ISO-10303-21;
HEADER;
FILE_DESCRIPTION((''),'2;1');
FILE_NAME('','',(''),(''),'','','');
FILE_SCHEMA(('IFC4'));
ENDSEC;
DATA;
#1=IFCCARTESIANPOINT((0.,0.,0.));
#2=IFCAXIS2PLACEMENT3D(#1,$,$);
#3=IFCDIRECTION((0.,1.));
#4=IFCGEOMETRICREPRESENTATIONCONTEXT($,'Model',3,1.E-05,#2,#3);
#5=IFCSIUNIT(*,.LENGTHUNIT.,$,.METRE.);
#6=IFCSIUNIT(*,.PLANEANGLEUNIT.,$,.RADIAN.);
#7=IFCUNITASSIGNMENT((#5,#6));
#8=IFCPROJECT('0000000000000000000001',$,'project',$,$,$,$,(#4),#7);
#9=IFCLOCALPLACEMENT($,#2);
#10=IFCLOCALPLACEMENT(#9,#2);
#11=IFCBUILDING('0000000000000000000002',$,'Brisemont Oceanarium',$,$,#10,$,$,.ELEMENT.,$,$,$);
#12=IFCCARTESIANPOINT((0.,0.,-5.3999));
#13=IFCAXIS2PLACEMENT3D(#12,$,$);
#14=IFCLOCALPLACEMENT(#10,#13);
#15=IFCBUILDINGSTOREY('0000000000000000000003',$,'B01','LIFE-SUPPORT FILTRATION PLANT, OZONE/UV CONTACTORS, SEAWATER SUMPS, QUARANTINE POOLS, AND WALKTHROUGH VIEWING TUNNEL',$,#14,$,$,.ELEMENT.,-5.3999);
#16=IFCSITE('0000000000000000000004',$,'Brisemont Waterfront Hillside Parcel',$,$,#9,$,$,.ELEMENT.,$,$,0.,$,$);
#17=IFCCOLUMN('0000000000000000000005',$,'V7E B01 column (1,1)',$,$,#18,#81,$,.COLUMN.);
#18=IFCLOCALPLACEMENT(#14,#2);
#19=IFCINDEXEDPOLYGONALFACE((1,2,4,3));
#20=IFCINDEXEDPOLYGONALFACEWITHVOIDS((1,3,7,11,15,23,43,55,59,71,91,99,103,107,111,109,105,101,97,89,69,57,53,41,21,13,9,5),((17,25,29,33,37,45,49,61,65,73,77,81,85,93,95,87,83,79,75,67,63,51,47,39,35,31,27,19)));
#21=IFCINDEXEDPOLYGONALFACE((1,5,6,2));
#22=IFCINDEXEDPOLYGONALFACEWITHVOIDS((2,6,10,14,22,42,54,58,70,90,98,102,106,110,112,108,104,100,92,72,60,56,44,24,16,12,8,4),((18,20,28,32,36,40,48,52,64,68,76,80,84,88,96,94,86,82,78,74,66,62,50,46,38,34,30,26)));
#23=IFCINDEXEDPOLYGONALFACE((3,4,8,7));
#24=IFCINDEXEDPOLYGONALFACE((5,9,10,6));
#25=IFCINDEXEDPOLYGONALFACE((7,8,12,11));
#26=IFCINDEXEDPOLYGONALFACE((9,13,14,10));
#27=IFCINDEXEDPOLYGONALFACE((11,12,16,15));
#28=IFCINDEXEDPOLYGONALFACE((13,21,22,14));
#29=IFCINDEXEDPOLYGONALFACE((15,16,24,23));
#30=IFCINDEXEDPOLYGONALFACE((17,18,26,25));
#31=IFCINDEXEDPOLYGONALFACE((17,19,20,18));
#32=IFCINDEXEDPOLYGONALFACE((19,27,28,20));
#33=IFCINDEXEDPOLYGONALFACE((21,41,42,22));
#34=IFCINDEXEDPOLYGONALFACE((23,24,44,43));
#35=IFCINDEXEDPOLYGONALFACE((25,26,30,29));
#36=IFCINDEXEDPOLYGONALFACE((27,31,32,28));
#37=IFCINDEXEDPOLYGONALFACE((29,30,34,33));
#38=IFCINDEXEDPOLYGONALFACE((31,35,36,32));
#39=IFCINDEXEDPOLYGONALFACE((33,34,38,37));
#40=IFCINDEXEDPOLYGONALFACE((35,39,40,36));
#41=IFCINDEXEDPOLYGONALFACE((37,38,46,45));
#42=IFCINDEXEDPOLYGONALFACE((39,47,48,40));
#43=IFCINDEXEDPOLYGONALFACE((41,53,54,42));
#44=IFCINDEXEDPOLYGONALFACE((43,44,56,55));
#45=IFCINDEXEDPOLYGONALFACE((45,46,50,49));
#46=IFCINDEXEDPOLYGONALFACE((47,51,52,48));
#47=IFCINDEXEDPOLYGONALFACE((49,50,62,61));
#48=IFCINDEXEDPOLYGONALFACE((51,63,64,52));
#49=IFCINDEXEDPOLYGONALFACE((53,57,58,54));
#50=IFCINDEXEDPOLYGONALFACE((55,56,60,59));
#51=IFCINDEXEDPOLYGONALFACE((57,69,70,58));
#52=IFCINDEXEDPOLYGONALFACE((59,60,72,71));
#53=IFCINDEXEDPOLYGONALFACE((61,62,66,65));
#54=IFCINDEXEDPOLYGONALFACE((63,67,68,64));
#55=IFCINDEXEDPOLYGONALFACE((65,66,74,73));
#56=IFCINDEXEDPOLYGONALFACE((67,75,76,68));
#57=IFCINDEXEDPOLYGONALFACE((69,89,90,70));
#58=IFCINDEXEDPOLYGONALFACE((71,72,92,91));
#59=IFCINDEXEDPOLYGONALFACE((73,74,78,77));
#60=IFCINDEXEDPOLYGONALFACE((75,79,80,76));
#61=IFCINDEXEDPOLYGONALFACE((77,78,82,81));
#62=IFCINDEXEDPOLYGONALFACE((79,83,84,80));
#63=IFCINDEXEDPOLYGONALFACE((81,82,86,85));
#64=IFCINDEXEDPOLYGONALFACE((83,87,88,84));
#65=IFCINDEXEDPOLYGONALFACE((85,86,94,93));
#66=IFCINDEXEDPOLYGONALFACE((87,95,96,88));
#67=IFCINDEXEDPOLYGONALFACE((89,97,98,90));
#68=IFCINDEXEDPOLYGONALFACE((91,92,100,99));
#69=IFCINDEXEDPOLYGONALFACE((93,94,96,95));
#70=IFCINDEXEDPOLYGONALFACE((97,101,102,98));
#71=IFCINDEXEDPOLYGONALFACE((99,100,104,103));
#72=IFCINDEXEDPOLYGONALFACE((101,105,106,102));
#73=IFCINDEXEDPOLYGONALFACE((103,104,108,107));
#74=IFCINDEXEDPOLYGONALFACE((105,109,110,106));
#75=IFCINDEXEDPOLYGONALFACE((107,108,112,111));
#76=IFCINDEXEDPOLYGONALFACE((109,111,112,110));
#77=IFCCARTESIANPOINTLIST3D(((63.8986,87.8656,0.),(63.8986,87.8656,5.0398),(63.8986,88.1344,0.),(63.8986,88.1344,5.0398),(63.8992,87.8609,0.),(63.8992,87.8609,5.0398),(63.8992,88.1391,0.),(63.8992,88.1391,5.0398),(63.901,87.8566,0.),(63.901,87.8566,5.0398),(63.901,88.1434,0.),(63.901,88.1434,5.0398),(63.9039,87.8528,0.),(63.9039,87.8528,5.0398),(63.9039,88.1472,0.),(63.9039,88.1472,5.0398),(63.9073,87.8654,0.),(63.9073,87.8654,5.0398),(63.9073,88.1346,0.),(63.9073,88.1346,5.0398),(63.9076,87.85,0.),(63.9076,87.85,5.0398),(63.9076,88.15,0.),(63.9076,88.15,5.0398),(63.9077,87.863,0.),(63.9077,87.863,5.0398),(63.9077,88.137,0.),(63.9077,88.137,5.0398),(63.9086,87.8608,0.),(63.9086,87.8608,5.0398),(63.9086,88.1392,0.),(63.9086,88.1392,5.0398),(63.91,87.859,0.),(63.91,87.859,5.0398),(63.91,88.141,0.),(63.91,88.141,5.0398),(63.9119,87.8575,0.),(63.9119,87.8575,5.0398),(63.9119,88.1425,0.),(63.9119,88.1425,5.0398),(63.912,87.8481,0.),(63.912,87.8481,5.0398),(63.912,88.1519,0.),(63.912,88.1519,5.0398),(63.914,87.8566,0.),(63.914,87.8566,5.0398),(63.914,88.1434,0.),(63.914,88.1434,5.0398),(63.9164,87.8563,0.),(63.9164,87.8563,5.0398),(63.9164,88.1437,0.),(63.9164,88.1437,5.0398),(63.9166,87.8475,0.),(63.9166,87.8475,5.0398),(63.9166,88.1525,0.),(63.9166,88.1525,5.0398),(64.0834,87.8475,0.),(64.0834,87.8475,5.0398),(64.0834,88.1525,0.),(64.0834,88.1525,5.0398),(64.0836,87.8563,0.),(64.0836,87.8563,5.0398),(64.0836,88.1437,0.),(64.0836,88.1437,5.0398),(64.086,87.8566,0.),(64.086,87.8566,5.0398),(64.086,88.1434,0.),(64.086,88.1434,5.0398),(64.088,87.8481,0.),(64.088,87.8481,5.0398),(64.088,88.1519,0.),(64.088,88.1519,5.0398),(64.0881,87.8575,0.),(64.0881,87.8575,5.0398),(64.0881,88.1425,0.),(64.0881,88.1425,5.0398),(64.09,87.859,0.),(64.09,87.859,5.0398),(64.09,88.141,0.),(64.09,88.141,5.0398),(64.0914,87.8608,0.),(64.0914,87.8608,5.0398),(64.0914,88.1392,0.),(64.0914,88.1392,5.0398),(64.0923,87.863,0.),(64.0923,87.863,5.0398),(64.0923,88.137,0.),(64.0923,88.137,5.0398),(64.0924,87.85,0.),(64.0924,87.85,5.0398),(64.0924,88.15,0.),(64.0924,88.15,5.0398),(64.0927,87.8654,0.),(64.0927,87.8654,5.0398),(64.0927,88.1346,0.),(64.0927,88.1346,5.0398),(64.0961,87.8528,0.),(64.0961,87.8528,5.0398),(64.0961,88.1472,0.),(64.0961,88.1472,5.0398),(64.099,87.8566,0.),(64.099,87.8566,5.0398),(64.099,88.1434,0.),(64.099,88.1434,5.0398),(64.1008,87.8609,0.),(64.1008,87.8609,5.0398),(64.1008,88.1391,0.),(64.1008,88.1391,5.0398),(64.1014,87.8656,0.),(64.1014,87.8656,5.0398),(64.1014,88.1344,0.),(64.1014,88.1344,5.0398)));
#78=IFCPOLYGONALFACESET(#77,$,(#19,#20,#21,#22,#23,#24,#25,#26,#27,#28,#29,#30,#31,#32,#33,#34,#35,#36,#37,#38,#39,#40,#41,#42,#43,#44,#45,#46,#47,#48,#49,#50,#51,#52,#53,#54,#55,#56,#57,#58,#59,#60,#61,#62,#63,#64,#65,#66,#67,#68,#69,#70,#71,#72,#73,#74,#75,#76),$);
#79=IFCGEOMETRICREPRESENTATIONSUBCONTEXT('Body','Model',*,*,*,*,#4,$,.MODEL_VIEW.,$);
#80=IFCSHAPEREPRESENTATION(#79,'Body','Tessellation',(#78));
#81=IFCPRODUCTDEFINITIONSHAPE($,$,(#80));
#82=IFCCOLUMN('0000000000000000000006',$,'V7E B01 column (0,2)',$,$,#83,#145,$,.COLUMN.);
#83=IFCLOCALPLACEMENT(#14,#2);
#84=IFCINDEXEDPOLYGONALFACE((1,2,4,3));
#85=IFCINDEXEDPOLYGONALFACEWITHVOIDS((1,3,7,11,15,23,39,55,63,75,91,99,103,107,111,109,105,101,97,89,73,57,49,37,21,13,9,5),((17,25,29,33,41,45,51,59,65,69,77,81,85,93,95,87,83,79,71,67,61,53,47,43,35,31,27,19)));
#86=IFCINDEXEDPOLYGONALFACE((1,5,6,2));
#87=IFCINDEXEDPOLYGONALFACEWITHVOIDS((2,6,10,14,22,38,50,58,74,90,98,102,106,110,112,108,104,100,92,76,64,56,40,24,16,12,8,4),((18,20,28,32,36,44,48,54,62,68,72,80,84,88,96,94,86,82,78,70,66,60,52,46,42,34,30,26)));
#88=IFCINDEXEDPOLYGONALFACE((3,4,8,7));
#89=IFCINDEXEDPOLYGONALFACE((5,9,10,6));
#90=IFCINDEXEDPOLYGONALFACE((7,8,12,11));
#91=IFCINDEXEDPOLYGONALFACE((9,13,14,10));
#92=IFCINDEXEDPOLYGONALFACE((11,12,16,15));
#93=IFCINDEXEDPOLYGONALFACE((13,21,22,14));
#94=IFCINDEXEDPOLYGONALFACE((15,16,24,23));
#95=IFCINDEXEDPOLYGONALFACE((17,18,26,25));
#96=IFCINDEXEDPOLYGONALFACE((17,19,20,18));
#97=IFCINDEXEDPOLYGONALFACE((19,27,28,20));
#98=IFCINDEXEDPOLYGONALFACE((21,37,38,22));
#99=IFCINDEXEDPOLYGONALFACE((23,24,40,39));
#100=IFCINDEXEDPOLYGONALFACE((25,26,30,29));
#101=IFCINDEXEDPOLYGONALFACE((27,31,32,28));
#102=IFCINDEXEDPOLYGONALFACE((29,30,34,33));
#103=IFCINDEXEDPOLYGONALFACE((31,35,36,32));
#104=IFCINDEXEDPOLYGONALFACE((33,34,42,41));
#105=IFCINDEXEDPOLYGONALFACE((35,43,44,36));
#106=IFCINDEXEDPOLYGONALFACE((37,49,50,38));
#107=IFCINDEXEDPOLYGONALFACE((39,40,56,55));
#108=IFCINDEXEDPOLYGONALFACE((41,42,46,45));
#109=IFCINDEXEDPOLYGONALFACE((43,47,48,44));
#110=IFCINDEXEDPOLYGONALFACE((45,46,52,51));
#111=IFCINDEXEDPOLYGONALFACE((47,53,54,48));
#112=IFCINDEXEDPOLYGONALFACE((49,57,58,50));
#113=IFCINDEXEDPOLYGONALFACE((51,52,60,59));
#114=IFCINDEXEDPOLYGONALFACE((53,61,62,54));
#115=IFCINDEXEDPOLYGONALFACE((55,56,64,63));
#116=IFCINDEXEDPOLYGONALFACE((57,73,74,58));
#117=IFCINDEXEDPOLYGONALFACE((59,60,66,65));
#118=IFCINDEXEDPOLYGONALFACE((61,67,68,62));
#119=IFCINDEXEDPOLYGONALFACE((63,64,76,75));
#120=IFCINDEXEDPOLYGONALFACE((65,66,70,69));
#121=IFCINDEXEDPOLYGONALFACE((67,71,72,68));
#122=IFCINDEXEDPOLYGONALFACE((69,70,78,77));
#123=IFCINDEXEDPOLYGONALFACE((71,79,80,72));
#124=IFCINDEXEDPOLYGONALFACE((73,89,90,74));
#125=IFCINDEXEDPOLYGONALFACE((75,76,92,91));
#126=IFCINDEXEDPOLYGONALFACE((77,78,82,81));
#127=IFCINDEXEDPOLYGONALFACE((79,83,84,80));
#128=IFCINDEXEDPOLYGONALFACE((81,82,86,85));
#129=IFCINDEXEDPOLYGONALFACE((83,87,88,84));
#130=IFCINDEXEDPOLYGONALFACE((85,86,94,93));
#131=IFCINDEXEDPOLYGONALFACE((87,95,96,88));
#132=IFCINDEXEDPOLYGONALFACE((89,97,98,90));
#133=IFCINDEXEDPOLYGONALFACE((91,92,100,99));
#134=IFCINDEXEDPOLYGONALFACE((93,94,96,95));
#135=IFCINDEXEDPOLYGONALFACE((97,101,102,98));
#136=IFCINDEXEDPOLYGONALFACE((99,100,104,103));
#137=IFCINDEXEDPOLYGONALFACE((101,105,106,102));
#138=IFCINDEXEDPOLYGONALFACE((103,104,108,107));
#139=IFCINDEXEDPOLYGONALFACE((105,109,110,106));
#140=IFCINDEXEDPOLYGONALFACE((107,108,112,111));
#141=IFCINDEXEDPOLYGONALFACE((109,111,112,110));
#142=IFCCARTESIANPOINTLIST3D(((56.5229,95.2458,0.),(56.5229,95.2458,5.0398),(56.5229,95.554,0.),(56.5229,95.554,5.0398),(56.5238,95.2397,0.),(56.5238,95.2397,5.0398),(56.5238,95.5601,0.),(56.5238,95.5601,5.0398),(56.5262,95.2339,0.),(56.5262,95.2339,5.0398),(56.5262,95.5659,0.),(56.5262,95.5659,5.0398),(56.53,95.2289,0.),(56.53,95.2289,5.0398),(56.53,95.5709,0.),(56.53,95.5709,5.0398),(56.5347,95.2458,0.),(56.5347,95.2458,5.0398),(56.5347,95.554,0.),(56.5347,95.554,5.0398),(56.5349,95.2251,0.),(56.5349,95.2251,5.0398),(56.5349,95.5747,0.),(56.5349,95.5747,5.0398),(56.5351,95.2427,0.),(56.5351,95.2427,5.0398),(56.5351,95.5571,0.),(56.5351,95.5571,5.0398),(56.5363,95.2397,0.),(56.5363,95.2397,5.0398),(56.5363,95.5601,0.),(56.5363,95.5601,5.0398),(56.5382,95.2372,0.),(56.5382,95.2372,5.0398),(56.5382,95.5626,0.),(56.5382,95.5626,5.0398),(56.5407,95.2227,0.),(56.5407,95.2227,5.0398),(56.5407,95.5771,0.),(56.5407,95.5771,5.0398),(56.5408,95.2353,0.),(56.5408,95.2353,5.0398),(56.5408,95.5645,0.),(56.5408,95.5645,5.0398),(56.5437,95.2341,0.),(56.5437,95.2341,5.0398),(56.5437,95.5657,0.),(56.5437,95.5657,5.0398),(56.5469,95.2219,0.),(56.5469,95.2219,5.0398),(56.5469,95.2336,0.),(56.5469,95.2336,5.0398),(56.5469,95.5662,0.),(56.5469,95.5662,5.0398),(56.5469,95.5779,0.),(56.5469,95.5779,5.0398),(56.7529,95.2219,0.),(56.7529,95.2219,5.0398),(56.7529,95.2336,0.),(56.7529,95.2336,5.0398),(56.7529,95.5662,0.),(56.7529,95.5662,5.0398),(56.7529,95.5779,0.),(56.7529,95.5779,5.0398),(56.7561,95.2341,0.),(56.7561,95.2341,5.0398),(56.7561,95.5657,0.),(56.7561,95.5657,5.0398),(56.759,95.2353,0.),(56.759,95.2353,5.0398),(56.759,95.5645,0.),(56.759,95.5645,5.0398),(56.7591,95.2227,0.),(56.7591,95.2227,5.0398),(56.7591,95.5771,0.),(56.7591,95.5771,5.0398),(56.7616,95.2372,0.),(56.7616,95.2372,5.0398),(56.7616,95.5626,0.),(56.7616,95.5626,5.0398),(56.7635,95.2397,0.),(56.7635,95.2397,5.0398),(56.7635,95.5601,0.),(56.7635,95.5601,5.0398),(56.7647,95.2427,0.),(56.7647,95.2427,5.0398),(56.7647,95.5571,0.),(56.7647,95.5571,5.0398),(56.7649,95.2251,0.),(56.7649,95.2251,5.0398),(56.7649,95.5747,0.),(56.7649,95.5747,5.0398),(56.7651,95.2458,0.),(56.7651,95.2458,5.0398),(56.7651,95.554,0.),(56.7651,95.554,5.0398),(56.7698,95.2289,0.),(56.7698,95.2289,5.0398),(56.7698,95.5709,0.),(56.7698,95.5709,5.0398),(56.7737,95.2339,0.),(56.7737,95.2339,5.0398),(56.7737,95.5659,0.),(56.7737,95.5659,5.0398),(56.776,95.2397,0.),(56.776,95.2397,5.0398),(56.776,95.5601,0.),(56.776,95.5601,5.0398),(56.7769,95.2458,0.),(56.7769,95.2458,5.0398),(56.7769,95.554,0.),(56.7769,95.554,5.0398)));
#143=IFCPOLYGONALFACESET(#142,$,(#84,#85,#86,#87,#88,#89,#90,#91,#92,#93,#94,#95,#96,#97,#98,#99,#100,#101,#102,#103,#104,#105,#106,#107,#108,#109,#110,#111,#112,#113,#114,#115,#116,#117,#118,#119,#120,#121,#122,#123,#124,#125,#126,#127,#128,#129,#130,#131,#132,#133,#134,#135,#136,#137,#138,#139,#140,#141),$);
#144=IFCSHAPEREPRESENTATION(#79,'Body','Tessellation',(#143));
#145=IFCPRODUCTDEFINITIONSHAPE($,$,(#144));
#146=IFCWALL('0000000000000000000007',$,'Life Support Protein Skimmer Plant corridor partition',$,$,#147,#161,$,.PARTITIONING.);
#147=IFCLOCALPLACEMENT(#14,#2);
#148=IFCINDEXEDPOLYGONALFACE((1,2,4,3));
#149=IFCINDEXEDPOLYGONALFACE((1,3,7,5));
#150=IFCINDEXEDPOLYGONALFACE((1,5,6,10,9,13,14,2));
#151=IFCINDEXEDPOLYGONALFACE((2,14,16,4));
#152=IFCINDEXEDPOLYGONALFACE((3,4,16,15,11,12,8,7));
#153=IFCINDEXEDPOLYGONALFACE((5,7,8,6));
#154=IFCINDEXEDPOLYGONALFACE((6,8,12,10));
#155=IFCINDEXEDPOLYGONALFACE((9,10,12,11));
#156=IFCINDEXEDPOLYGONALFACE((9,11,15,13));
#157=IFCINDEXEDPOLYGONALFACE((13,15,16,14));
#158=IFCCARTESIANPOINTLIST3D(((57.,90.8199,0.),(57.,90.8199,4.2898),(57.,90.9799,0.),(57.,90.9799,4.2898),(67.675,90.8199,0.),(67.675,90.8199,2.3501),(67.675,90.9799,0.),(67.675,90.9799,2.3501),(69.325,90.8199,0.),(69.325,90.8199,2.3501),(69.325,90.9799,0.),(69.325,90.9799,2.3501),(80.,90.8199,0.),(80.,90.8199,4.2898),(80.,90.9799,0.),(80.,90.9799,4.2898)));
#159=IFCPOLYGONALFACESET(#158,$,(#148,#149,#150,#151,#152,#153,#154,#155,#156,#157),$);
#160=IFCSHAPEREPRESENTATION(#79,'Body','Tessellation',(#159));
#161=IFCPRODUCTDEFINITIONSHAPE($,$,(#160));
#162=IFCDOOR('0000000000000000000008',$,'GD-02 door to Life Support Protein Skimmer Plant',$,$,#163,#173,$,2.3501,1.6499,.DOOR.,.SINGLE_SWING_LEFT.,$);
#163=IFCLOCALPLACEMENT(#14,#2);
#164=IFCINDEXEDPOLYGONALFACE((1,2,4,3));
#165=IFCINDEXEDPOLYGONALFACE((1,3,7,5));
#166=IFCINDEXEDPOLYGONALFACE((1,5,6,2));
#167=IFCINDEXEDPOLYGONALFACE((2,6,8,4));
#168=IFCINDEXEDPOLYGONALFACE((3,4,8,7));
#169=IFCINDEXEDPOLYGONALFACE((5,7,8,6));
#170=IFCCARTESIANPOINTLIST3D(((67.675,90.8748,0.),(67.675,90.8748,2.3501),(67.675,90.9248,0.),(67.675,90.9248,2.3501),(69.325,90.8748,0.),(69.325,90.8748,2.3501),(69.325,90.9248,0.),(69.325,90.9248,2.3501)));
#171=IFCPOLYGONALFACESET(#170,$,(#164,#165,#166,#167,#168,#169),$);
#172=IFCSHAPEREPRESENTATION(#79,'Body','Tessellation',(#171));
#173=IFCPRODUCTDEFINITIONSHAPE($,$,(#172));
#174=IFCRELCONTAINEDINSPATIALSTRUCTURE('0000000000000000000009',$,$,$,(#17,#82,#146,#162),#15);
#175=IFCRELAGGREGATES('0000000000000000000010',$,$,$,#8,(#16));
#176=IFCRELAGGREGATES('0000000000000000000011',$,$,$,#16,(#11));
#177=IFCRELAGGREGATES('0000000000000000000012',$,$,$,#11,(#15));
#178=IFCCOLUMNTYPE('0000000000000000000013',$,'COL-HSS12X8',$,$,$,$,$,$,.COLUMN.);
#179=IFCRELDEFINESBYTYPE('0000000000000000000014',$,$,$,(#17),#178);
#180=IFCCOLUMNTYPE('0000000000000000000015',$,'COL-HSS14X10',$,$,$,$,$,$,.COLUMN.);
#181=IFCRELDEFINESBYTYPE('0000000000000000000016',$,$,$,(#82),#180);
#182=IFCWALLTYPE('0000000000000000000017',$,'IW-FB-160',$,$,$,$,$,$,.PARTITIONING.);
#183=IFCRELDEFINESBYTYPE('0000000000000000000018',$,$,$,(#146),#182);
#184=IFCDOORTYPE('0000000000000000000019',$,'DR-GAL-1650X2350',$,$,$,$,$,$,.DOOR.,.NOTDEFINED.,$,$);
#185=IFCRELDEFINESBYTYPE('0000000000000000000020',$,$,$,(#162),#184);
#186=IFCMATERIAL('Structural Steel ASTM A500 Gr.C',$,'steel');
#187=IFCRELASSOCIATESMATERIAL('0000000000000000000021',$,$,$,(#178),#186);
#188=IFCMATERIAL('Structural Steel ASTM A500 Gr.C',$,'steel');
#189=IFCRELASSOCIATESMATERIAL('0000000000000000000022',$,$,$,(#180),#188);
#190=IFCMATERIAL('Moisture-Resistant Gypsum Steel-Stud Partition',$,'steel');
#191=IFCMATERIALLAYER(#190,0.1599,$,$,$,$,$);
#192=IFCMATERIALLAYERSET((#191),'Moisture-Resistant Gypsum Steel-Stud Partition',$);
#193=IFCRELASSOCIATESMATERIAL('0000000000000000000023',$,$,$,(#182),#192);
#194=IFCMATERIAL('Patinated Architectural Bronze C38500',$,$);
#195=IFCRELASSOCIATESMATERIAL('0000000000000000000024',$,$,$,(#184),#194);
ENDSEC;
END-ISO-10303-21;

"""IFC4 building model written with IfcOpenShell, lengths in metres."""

from ifc_helpers import new_model, si_unit, direction, frame, frame_2d, origin, origin_2d, place, context, subcontext, project, spatial, rectangle, hollow_rectangle, extrude, material, layer, layer_set, material_profile, profile_set, type_object, element, fill, save


model = new_model("IFC4")

# Units and contexts
model_context = context("Model", 3, precision=1e-05, world=origin(), true_north=direction((0.0, 1.0)))
body_context = subcontext(model_context, "Body", "Model", "MODEL_VIEW")
ifc_project = project(units=[si_unit("LENGTHUNIT", "METRE"), si_unit("PLANEANGLEUNIT", "RADIAN")], contexts=[model_context])

# Site, building, storey
site_placement = place(None, origin())
site = spatial("IfcSite", under=ifc_project, at=site_placement, Name="Brisemont Waterfront Hillside Parcel", CompositionType="ELEMENT", RefElevation=0.0)
building_placement = place(site_placement, origin())
building = spatial("IfcBuilding", under=site, at=building_placement, Name="Brisemont Oceanarium", CompositionType="ELEMENT")
storey_placement = place(building_placement, frame((0.0, 0.0, -5.3999)))
storey = spatial("IfcBuildingStorey", under=building, at=storey_placement, Name="B01", Description="LIFE-SUPPORT FILTRATION PLANT, OZONE/UV CONTACTORS, SEAWATER SUMPS, QUARANTINE POOLS, AND WALKTHROUGH VIEWING TUNNEL", CompositionType="ELEMENT", Elevation=-5.3999)

# Columns
ifc_material_1 = material(Name="Structural Steel ASTM A500 Gr.C", Category="steel")
ifc_material_profile_1 = material_profile(ifc_material_1, hollow_rectangle(XDim=0.2029, YDim=0.3049, WallThickness=0.0088, InnerFilletRadius=0.009, OuterFilletRadius=0.0181, at=origin_2d()), Name="HSS12X8X3/8")
ifc_profile_set_1 = profile_set([ifc_material_profile_1], Name="Structural Steel ASTM A500 Gr.C")
column_type_1 = type_object("IfcColumnType", Name="COL-HSS12X8", PredefinedType="COLUMN", material=ifc_profile_set_1)
column_1_placement = place(storey_placement, frame((64.0, 88.0, 0.0), z_axis=(0.0, 0.0, 1.0), x_axis=(1.0, 0.0, 0.0)))
element("IfcColumn", 1, at=column_1_placement, inside=storey, type_object=column_type_1, Name="V7E B01 column (1,1)", PredefinedType="COLUMN", context=body_context, shape_type="SweptSolid", body=[
    extrude(hollow_rectangle(XDim=0.2029, YDim=0.3049, WallThickness=0.0088, InnerFilletRadius=0.009, OuterFilletRadius=0.0181, at=origin_2d()), origin(), (0.0, 0.0, 1.0), 5.0398),
])
ifc_material_2 = material(Name="Structural Steel ASTM A500 Gr.C", Category="steel")
ifc_material_profile_2 = material_profile(ifc_material_2, hollow_rectangle(XDim=0.2539, YDim=0.356, WallThickness=0.0117, InnerFilletRadius=0.0122, OuterFilletRadius=0.0239, at=origin_2d()), Name="HSS14X10X1/2")
ifc_profile_set_2 = profile_set([ifc_material_profile_2], Name="Structural Steel ASTM A500 Gr.C")
column_type_2 = type_object("IfcColumnType", Name="COL-HSS14X10", PredefinedType="COLUMN", material=ifc_profile_set_2)
column_2_placement = place(storey_placement, frame((56.6499, 95.3999, 0.0), z_axis=(0.0, 0.0, 1.0), x_axis=(1.0, 0.0, 0.0)))
element("IfcColumn", 2, at=column_2_placement, inside=storey, type_object=column_type_2, Name="V7E B01 column (0,2)", PredefinedType="COLUMN", context=body_context, shape_type="SweptSolid", body=[
    extrude(hollow_rectangle(XDim=0.2539, YDim=0.356, WallThickness=0.0117, InnerFilletRadius=0.0122, OuterFilletRadius=0.0239, at=origin_2d()), origin(), (0.0, 0.0, 1.0), 5.0398),
])

# Wall, opening, door
ifc_material_3 = material(Name="Moisture-Resistant Gypsum Steel-Stud Partition", Category="steel")
ifc_layer_1 = layer(ifc_material_3, 0.1599)
ifc_layer_set_1 = layer_set([ifc_layer_1], Name="Moisture-Resistant Gypsum Steel-Stud Partition")
wall_type_1 = type_object("IfcWallType", Name="IW-FB-160", PredefinedType="PARTITIONING", material=ifc_layer_set_1)
wall_1_placement = place(storey_placement, frame((57.0, 90.8999, 0.0), z_axis=(0.0, 0.0, 1.0), x_axis=(1.0, 0.0, 0.0)))
wall_1 = element("IfcWall", 3, at=wall_1_placement, inside=storey, type_object=wall_type_1, Name="Life Support Protein Skimmer Plant corridor partition", PredefinedType="PARTITIONING", context=body_context, shape_type="SweptSolid", body=[
    extrude(rectangle(XDim=23.0, YDim=0.1599, at=frame_2d((11.5, 0.0))), origin(), (0.0, 0.0, 1.0), 4.2898),
])
opening_1_placement = place(wall_1_placement, frame((10.675, 0.0, 0.0)))
opening_1 = element("IfcOpeningElement", 4, at=opening_1_placement, cuts=wall_1, PredefinedType="OPENING", context=body_context, shape_type="SweptSolid", body=[
    extrude(rectangle(XDim=1.6499, YDim=2.3501, at=frame_2d((0.825, 1.175))), frame((0.0, 0.0898, 0.0), z_axis=(0.0, -1.0, 0.0), x_axis=(1.0, 0.0, 0.0)), (0.0, 0.0, 1.0), 0.1799),
])
ifc_material_4 = material(Name="Patinated Architectural Bronze C38500")
door_type_1 = type_object("IfcDoorType", Name="DR-GAL-1650X2350", OperationType="NOTDEFINED", PredefinedType="DOOR", material=ifc_material_4)
door_1_placement = place(opening_1_placement, origin())
door_1 = element("IfcDoor", 5, at=door_1_placement, inside=storey, type_object=door_type_1, Name="GD-02 door to Life Support Protein Skimmer Plant", OperationType="SINGLE_SWING_LEFT", OverallHeight=2.3501, OverallWidth=1.6499, PredefinedType="DOOR", context=body_context, shape_type="SweptSolid", body=[
    extrude(rectangle(XDim=1.6499, YDim=2.3501, at=frame_2d((0.825, 1.175))), frame((0.0, 0.0249, 0.0), z_axis=(0.0, -1.0, 0.0), x_axis=(1.0, 0.0, 0.0)), (0.0, 0.0, 1.0), 0.05),
])
fill(opening_1, door_1)

save(model, "model.ifc")
